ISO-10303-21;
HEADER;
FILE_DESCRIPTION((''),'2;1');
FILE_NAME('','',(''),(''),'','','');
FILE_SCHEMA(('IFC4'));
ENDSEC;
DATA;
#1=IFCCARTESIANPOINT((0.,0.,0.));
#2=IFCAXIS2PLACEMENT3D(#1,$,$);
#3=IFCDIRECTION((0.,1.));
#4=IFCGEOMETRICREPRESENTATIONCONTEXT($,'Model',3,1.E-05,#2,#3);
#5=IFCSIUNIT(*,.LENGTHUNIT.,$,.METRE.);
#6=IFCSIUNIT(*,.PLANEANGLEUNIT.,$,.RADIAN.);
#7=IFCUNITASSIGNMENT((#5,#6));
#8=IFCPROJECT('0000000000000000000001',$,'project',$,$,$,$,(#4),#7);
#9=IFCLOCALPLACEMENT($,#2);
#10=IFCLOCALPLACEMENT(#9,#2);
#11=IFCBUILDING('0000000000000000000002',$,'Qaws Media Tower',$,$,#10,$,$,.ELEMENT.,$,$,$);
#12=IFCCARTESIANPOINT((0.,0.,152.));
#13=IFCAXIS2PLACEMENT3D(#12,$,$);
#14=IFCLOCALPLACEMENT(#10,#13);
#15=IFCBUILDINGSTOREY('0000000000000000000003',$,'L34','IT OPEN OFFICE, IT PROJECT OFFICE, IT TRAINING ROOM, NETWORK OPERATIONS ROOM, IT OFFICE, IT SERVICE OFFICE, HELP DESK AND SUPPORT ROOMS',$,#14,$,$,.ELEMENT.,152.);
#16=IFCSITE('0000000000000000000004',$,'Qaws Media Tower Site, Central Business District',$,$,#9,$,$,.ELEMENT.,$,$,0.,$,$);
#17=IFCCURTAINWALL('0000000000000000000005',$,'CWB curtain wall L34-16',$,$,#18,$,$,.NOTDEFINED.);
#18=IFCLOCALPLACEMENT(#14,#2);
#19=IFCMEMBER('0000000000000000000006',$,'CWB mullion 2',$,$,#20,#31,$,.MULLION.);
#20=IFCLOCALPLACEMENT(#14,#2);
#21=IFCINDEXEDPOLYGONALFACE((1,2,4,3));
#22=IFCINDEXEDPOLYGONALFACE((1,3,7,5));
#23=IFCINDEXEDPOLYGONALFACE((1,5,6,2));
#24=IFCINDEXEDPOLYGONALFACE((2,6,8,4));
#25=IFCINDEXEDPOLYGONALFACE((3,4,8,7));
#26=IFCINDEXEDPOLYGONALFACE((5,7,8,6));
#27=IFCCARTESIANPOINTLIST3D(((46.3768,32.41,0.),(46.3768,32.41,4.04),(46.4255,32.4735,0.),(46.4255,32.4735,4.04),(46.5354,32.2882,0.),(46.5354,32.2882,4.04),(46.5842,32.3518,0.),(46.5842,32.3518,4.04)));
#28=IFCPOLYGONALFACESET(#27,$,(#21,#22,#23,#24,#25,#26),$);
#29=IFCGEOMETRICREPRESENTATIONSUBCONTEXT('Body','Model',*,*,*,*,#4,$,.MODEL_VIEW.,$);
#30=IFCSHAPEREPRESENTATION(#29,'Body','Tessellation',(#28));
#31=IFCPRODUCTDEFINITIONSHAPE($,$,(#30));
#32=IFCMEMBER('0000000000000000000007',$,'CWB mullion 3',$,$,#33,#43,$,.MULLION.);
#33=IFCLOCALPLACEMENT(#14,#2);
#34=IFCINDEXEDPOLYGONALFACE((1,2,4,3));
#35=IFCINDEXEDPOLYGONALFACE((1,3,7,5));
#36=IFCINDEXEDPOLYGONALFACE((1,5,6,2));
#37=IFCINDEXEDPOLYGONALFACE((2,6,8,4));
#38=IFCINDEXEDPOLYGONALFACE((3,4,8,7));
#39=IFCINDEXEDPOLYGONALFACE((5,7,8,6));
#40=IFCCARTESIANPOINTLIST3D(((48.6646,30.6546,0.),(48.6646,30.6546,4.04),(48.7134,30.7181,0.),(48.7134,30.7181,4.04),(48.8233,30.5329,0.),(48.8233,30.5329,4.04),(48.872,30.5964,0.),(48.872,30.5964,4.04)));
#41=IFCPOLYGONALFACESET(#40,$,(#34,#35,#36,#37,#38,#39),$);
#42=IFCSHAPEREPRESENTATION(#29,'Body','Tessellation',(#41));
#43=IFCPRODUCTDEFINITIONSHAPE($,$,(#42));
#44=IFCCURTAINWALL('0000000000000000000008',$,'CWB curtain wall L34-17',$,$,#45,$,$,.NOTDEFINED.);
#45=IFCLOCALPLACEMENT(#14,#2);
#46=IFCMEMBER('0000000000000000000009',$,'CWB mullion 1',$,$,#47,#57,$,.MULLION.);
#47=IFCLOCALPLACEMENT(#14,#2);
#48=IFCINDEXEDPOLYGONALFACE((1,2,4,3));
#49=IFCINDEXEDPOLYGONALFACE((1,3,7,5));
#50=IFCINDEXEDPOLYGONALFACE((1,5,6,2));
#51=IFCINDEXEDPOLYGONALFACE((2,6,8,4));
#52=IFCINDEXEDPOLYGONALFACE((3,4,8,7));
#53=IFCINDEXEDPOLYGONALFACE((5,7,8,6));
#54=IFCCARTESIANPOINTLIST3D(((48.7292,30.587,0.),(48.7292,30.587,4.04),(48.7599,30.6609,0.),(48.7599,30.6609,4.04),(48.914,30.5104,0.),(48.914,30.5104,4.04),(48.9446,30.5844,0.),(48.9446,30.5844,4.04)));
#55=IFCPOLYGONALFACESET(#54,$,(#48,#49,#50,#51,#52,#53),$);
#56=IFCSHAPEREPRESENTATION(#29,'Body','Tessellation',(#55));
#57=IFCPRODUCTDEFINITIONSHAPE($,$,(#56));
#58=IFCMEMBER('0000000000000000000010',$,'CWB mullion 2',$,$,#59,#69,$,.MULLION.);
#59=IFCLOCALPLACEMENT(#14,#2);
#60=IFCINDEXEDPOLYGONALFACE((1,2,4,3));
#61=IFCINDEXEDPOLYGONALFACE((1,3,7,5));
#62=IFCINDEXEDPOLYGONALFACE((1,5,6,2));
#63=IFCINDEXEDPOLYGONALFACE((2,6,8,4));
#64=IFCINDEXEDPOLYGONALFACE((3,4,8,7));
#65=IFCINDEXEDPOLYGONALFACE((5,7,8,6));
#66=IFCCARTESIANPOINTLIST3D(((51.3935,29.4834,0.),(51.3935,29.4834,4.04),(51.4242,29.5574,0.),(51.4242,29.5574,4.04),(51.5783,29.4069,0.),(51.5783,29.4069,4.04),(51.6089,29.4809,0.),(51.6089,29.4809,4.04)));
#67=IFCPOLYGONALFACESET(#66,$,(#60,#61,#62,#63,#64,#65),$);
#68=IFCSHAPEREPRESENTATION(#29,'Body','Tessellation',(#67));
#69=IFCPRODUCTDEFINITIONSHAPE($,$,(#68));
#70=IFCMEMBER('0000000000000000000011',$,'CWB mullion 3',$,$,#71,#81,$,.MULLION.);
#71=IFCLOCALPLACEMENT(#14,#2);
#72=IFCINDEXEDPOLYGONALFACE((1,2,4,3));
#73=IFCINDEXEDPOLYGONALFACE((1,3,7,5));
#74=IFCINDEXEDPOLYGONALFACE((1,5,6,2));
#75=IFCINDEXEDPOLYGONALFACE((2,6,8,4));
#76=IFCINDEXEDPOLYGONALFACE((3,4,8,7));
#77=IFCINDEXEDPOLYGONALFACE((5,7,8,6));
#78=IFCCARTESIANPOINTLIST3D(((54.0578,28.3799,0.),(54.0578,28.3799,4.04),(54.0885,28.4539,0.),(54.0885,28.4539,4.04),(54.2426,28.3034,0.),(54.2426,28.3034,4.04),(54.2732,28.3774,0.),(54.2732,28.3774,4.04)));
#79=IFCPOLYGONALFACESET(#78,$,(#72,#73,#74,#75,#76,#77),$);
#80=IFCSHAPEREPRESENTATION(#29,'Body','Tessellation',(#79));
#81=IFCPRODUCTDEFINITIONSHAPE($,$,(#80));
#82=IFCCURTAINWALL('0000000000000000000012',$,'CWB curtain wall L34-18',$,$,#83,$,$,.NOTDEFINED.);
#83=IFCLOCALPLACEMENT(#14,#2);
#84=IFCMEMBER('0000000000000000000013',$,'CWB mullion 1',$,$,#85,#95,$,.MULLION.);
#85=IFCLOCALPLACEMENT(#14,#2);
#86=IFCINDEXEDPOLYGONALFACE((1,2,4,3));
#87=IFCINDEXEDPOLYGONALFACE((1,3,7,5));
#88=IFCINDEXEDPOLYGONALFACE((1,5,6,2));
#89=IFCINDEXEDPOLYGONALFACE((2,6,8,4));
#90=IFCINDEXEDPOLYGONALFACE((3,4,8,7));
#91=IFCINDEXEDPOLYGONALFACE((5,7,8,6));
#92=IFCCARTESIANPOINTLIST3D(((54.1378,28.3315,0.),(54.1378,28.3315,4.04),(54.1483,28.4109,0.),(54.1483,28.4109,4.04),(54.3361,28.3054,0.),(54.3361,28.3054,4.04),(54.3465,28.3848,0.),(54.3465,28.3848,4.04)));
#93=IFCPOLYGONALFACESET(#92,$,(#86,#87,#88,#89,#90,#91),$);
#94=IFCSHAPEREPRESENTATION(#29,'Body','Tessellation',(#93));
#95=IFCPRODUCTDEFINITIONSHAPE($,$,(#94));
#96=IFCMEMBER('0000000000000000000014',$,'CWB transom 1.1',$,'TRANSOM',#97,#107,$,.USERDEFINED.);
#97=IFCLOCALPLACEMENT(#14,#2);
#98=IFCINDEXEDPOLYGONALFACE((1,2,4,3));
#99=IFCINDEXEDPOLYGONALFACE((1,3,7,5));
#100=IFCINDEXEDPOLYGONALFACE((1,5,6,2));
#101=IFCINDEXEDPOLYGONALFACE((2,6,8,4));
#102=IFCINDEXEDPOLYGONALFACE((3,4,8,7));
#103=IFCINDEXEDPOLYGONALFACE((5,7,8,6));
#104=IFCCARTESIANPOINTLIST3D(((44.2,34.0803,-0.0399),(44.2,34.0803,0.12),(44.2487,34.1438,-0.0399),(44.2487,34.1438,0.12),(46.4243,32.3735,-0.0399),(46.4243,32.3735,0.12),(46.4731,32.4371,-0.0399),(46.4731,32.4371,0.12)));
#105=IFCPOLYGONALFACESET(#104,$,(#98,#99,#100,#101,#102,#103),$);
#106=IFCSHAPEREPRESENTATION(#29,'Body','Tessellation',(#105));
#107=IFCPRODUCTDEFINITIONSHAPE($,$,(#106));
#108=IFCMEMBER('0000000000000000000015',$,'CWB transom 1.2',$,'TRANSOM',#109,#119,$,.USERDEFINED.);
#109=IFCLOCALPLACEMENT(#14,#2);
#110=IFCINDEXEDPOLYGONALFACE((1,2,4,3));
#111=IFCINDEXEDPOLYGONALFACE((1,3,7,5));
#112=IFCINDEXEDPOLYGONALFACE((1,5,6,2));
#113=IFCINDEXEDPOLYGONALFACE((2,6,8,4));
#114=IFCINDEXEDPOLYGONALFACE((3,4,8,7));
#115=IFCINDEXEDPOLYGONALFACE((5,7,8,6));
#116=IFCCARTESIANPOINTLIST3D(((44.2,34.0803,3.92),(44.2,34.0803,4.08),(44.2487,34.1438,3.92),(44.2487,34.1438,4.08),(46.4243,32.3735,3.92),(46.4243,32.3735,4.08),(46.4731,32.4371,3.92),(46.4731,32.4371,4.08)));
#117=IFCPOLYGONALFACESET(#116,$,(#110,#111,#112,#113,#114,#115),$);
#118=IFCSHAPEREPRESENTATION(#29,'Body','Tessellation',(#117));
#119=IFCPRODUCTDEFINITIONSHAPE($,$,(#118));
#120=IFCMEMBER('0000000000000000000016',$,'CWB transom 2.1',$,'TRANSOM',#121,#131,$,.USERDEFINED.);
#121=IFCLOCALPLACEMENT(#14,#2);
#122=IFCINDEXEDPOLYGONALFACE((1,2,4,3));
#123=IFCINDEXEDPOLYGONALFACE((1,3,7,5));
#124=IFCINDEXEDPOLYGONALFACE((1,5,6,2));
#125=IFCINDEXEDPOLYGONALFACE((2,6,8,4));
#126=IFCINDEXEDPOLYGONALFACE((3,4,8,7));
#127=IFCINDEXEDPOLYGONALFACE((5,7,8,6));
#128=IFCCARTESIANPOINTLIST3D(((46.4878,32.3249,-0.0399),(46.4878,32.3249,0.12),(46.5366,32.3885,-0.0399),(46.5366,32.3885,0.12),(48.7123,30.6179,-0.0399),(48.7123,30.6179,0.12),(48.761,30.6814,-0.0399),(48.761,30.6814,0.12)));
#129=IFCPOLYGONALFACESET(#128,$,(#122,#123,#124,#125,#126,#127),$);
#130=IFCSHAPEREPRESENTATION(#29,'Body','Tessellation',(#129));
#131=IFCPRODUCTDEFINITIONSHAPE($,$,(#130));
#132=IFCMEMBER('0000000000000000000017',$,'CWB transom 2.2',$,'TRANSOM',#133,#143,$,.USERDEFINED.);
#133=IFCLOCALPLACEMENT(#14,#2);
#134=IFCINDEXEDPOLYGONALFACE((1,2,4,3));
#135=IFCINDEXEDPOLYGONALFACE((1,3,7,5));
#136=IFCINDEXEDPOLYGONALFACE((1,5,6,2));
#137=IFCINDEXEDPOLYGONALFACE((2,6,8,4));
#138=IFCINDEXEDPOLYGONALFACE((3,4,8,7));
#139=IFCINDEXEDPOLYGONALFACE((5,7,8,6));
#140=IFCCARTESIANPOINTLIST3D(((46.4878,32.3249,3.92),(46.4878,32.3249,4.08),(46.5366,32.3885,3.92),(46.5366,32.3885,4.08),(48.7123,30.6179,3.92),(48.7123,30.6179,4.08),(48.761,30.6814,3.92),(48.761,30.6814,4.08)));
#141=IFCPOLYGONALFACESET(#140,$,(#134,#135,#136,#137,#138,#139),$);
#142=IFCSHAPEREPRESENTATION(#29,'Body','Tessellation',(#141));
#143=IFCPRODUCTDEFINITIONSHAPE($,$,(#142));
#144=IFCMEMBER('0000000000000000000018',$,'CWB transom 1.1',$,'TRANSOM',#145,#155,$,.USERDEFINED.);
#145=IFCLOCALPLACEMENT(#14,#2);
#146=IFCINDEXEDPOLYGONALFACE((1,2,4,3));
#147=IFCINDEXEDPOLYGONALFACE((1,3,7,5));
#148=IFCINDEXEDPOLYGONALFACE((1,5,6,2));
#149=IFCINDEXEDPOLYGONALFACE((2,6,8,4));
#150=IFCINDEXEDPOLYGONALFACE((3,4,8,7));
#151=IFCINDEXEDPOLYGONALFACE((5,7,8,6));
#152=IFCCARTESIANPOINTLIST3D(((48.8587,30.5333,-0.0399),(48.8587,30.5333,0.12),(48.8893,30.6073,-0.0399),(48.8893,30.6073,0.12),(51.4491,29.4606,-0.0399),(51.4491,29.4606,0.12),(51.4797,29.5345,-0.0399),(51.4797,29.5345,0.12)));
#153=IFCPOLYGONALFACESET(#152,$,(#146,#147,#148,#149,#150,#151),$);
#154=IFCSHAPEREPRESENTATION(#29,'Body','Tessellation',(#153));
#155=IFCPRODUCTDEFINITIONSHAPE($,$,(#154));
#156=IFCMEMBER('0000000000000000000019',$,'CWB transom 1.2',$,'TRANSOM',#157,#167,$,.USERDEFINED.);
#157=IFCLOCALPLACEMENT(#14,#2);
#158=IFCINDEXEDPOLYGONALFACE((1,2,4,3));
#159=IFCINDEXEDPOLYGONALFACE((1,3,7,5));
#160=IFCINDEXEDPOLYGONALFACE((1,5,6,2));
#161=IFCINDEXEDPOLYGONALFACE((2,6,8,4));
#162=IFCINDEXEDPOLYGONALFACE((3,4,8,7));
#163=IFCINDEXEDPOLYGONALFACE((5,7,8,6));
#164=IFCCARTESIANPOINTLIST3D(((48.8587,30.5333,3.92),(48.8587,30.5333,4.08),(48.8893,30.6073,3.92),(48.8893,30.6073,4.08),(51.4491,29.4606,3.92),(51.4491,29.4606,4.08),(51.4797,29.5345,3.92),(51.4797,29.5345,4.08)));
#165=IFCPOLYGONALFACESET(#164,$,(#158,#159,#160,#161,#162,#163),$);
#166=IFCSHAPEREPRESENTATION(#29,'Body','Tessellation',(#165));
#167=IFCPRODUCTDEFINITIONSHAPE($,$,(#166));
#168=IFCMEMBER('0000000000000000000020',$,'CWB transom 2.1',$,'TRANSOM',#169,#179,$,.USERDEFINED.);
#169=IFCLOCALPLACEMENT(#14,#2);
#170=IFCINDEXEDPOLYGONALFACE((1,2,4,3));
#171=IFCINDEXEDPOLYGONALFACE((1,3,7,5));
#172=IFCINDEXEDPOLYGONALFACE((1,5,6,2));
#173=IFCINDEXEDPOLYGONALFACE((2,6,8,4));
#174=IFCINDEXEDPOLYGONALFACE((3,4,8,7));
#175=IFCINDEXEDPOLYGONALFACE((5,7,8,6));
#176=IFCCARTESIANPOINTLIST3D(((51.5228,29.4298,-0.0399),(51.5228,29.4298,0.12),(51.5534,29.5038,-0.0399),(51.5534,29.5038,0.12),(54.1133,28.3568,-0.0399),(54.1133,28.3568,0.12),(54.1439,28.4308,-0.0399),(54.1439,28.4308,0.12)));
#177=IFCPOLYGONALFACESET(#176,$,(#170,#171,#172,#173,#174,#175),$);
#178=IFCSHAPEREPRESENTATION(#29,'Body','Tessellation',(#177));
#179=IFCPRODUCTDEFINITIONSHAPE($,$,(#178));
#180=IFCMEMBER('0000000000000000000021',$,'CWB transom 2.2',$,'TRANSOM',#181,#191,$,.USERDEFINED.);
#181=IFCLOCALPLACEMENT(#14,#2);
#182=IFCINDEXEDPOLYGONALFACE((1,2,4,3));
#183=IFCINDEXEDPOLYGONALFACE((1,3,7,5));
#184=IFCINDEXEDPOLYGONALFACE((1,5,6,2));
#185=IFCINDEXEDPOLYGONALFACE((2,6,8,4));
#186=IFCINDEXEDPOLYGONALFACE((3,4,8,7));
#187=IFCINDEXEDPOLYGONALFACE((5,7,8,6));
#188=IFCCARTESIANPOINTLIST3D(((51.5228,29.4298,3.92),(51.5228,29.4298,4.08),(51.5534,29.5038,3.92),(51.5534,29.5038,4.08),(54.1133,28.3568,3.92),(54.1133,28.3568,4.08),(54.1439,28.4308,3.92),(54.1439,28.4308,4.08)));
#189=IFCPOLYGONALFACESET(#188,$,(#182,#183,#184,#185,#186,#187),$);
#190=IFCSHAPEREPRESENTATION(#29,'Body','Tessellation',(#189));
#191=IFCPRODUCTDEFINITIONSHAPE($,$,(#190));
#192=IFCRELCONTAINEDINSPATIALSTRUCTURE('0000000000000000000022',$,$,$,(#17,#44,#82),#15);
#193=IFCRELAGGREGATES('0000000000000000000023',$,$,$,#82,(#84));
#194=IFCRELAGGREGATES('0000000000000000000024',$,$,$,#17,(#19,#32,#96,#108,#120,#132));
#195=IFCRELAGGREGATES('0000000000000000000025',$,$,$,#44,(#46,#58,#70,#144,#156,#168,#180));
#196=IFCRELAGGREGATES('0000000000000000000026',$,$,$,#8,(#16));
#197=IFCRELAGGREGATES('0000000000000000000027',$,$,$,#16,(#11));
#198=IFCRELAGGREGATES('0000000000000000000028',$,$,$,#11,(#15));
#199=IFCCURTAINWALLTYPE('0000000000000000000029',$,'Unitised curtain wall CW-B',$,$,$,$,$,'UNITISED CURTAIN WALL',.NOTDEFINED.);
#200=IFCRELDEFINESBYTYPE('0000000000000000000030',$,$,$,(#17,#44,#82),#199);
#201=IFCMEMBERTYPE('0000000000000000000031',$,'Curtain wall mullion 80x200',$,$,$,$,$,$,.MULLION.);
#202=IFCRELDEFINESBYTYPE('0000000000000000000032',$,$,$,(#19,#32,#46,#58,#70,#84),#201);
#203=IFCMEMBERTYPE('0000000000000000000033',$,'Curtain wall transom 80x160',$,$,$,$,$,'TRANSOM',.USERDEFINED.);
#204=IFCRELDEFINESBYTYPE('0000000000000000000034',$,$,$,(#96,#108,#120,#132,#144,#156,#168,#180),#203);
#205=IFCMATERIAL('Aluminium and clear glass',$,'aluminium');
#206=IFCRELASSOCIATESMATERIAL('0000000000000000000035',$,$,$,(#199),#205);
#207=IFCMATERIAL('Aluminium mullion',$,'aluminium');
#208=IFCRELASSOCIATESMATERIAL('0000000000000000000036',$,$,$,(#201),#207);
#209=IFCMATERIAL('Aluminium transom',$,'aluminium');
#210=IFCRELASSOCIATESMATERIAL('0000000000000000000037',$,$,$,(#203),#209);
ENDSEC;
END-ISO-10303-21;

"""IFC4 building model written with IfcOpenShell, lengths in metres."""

from ifc_helpers import new_model, si_unit, direction, frame, origin, origin_2d, place, context, subcontext, project, spatial, rectangle, extrude, material, material_profile, profile_set, type_object, element, aggregate, save


model = new_model("IFC4")

# Units and contexts
model_context = context("Model", 3, precision=1e-05, world=origin(), true_north=direction((0.0, 1.0)))
body_context = subcontext(model_context, "Body", "Model", "MODEL_VIEW")
ifc_project = project(units=[si_unit("LENGTHUNIT", "METRE"), si_unit("PLANEANGLEUNIT", "RADIAN")], contexts=[model_context])

# Site, building, storey
site_placement = place(None, origin())
site = spatial("IfcSite", under=ifc_project, at=site_placement, Name="Qaws Media Tower Site, Central Business District", CompositionType="ELEMENT", RefElevation=0.0)
building_placement = place(site_placement, origin())
building = spatial("IfcBuilding", under=site, at=building_placement, Name="Qaws Media Tower", CompositionType="ELEMENT")
storey_placement = place(building_placement, frame((0.0, 0.0, 152.0)))
storey = spatial("IfcBuildingStorey", under=building, at=storey_placement, Name="L34", Description="IT OPEN OFFICE, IT PROJECT OFFICE, IT TRAINING ROOM, NETWORK OPERATIONS ROOM, IT OFFICE, IT SERVICE OFFICE, HELP DESK AND SUPPORT ROOMS", CompositionType="ELEMENT", Elevation=152.0)

# Curtain walls, members
ifc_material_1 = material(Name="Aluminium and clear glass", Category="aluminium")
curtain_wall_type = type_object("IfcCurtainWallType", Name="Unitised curtain wall CW-B", ElementType="UNITISED CURTAIN WALL", PredefinedType="NOTDEFINED", material=ifc_material_1)
curtain_wall_1_placement = place(storey_placement, origin())
curtain_wall_1 = element("IfcCurtainWall", 1, at=curtain_wall_1_placement, inside=storey, type_object=curtain_wall_type, Name="CWB curtain wall L34-16", PredefinedType="NOTDEFINED")
ifc_material_2 = material(Name="Aluminium mullion", Category="aluminium")
ifc_material_profile_1 = material_profile(ifc_material_2, rectangle(XDim=0.0801, YDim=0.2, at=origin_2d()), Name="80x200")
ifc_profile_set_1 = profile_set([ifc_material_profile_1], Name="Aluminium mullion")
member_type_1 = type_object("IfcMemberType", Name="Curtain wall mullion 80x200", PredefinedType="MULLION", material=ifc_profile_set_1)
member_1_placement = place(storey_placement, frame((46.4805, 32.3809, 0.0), z_axis=(0.0, 0.0, 1.0), x_axis=(0.608761, 0.793353, 0.0)))
member_1 = element("IfcMember", 2, at=member_1_placement, type_object=member_type_1, Name="CWB mullion 2", PredefinedType="MULLION", context=body_context, shape_type="SweptSolid", body=[
    extrude(rectangle(XDim=0.0801, YDim=0.2, at=origin_2d()), origin(), (0.0, 0.0, 1.0), 4.04),
])
member_2_placement = place(storey_placement, frame((48.7683, 30.6255, 0.0), z_axis=(0.0, 0.0, 1.0), x_axis=(0.608761, 0.793353, 0.0)))
member_2 = element("IfcMember", 3, at=member_2_placement, type_object=member_type_1, Name="CWB mullion 3", PredefinedType="MULLION", context=body_context, shape_type="SweptSolid", body=[
    extrude(rectangle(XDim=0.0801, YDim=0.2, at=origin_2d()), origin(), (0.0, 0.0, 1.0), 4.04),
])
curtain_wall_2_placement = place(storey_placement, origin())
curtain_wall_2 = element("IfcCurtainWall", 4, at=curtain_wall_2_placement, inside=storey, type_object=curtain_wall_type, Name="CWB curtain wall L34-17", PredefinedType="NOTDEFINED")
member_3_placement = place(storey_placement, frame((48.8369, 30.5857, 0.0), z_axis=(0.0, 0.0, 1.0), x_axis=(0.382684, 0.923879, 0.0)))
member_3 = element("IfcMember", 5, at=member_3_placement, type_object=member_type_1, Name="CWB mullion 1", PredefinedType="MULLION", context=body_context, shape_type="SweptSolid", body=[
    extrude(rectangle(XDim=0.0801, YDim=0.2, at=origin_2d()), origin(), (0.0, 0.0, 1.0), 4.04),
])
member_4_placement = place(storey_placement, frame((51.5012, 29.4822, 0.0), z_axis=(0.0, 0.0, 1.0), x_axis=(0.382684, 0.923879, 0.0)))
member_4 = element("IfcMember", 6, at=member_4_placement, type_object=member_type_1, Name="CWB mullion 2", PredefinedType="MULLION", context=body_context, shape_type="SweptSolid", body=[
    extrude(rectangle(XDim=0.0801, YDim=0.2, at=origin_2d()), origin(), (0.0, 0.0, 1.0), 4.04),
])
member_5_placement = place(storey_placement, frame((54.1655, 28.3787, 0.0), z_axis=(0.0, 0.0, 1.0), x_axis=(0.382684, 0.923879, 0.0)))
member_5 = element("IfcMember", 7, at=member_5_placement, type_object=member_type_1, Name="CWB mullion 3", PredefinedType="MULLION", context=body_context, shape_type="SweptSolid", body=[
    extrude(rectangle(XDim=0.0801, YDim=0.2, at=origin_2d()), origin(), (0.0, 0.0, 1.0), 4.04),
])

# Curtain wall, member
curtain_wall_3_placement = place(storey_placement, origin())
curtain_wall_3 = element("IfcCurtainWall", 8, at=curtain_wall_3_placement, inside=storey, type_object=curtain_wall_type, Name="CWB curtain wall L34-18", PredefinedType="NOTDEFINED")
member_6_placement = place(storey_placement, frame((54.2422, 28.3582, 0.0), z_axis=(0.0, 0.0, 1.0), x_axis=(0.130526, 0.991445, 0.0)))
member_6 = element("IfcMember", 9, at=member_6_placement, type_object=member_type_1, Name="CWB mullion 1", PredefinedType="MULLION", context=body_context, shape_type="SweptSolid", body=[
    extrude(rectangle(XDim=0.0801, YDim=0.2, at=origin_2d()), origin(), (0.0, 0.0, 1.0), 4.04),
])

# Members
ifc_material_3 = material(Name="Aluminium transom", Category="aluminium")
ifc_material_profile_2 = material_profile(ifc_material_3, rectangle(XDim=0.0801, YDim=0.1599, at=origin_2d()), Name="80x160")
ifc_profile_set_2 = profile_set([ifc_material_profile_2], Name="Aluminium transom")
member_type_2 = type_object("IfcMemberType", Name="Curtain wall transom 80x160", ElementType="TRANSOM", PredefinedType="USERDEFINED", material=ifc_profile_set_2)
member_7_placement = place(storey_placement, frame((44.2244, 34.1121, 0.04), z_axis=(0.793358, -0.608755, 0.0), x_axis=(0.608755, 0.793358, 0.0)))
member_7 = element("IfcMember", 10, at=member_7_placement, type_object=member_type_2, Name="CWB transom 1.1", ObjectType="TRANSOM", PredefinedType="USERDEFINED", context=body_context, shape_type="SweptSolid", body=[
    extrude(rectangle(XDim=0.0801, YDim=0.1599, at=origin_2d()), origin(), (0.0, 0.0, 1.0), 2.8037),
])
member_8_placement = place(storey_placement, frame((44.2244, 34.1121, 4.0), z_axis=(0.793358, -0.608755, 0.0), x_axis=(0.608755, 0.793358, 0.0)))
member_8 = element("IfcMember", 11, at=member_8_placement, type_object=member_type_2, Name="CWB transom 1.2", ObjectType="TRANSOM", PredefinedType="USERDEFINED", context=body_context, shape_type="SweptSolid", body=[
    extrude(rectangle(XDim=0.0801, YDim=0.1599, at=origin_2d()), origin(), (0.0, 0.0, 1.0), 2.8037),
])
member_9_placement = place(storey_placement, frame((46.5122, 32.3567, 0.04), z_axis=(0.793316, -0.60881, 0.0), x_axis=(0.60881, 0.793316, 0.0)))
member_9 = element("IfcMember", 12, at=member_9_placement, type_object=member_type_2, Name="CWB transom 2.1", ObjectType="TRANSOM", PredefinedType="USERDEFINED", context=body_context, shape_type="SweptSolid", body=[
    extrude(rectangle(XDim=0.0801, YDim=0.1599, at=origin_2d()), origin(), (0.0, 0.0, 1.0), 2.804),
])
member_10_placement = place(storey_placement, frame((46.5122, 32.3567, 4.0), z_axis=(0.793316, -0.60881, 0.0), x_axis=(0.60881, 0.793316, 0.0)))
member_10 = element("IfcMember", 13, at=member_10_placement, type_object=member_type_2, Name="CWB transom 2.2", ObjectType="TRANSOM", PredefinedType="USERDEFINED", context=body_context, shape_type="SweptSolid", body=[
    extrude(rectangle(XDim=0.0801, YDim=0.1599, at=origin_2d()), origin(), (0.0, 0.0, 1.0), 2.804),
])
member_11_placement = place(storey_placement, frame((48.874, 30.5703, 0.04), z_axis=(0.923904, -0.382624, 0.0), x_axis=(0.382624, 0.923904, 0.0)))
member_11 = element("IfcMember", 14, at=member_11_placement, type_object=member_type_2, Name="CWB transom 1.1", ObjectType="TRANSOM", PredefinedType="USERDEFINED", context=body_context, shape_type="SweptSolid", body=[
    extrude(rectangle(XDim=0.0801, YDim=0.1599, at=origin_2d()), origin(), (0.0, 0.0, 1.0), 2.8037),
])
member_12_placement = place(storey_placement, frame((48.874, 30.5703, 4.0), z_axis=(0.923904, -0.382624, 0.0), x_axis=(0.382624, 0.923904, 0.0)))
member_12 = element("IfcMember", 15, at=member_12_placement, type_object=member_type_2, Name="CWB transom 1.2", ObjectType="TRANSOM", PredefinedType="USERDEFINED", context=body_context, shape_type="SweptSolid", body=[
    extrude(rectangle(XDim=0.0801, YDim=0.1599, at=origin_2d()), origin(), (0.0, 0.0, 1.0), 2.8037),
])
member_13_placement = place(storey_placement, frame((51.5381, 29.4668, 0.04), z_axis=(0.923886, -0.382667, 0.0), x_axis=(0.382667, 0.923886, 0.0)))
member_13 = element("IfcMember", 16, at=member_13_placement, type_object=member_type_2, Name="CWB transom 2.1", ObjectType="TRANSOM", PredefinedType="USERDEFINED", context=body_context, shape_type="SweptSolid", body=[
    extrude(rectangle(XDim=0.0801, YDim=0.1599, at=origin_2d()), origin(), (0.0, 0.0, 1.0), 2.804),
])
member_14_placement = place(storey_placement, frame((51.5381, 29.4668, 4.0), z_axis=(0.923886, -0.382667, 0.0), x_axis=(0.382667, 0.923886, 0.0)))
member_14 = element("IfcMember", 17, at=member_14_placement, type_object=member_type_2, Name="CWB transom 2.2", ObjectType="TRANSOM", PredefinedType="USERDEFINED", context=body_context, shape_type="SweptSolid", body=[
    extrude(rectangle(XDim=0.0801, YDim=0.1599, at=origin_2d()), origin(), (0.0, 0.0, 1.0), 2.804),
])
aggregate(curtain_wall_3, [member_6])

aggregate(curtain_wall_1, [member_1, member_2, member_7, member_8, member_9, member_10])
aggregate(curtain_wall_2, [member_3, member_4, member_5, member_11, member_12, member_13, member_14])

save(model, "model.ifc")
